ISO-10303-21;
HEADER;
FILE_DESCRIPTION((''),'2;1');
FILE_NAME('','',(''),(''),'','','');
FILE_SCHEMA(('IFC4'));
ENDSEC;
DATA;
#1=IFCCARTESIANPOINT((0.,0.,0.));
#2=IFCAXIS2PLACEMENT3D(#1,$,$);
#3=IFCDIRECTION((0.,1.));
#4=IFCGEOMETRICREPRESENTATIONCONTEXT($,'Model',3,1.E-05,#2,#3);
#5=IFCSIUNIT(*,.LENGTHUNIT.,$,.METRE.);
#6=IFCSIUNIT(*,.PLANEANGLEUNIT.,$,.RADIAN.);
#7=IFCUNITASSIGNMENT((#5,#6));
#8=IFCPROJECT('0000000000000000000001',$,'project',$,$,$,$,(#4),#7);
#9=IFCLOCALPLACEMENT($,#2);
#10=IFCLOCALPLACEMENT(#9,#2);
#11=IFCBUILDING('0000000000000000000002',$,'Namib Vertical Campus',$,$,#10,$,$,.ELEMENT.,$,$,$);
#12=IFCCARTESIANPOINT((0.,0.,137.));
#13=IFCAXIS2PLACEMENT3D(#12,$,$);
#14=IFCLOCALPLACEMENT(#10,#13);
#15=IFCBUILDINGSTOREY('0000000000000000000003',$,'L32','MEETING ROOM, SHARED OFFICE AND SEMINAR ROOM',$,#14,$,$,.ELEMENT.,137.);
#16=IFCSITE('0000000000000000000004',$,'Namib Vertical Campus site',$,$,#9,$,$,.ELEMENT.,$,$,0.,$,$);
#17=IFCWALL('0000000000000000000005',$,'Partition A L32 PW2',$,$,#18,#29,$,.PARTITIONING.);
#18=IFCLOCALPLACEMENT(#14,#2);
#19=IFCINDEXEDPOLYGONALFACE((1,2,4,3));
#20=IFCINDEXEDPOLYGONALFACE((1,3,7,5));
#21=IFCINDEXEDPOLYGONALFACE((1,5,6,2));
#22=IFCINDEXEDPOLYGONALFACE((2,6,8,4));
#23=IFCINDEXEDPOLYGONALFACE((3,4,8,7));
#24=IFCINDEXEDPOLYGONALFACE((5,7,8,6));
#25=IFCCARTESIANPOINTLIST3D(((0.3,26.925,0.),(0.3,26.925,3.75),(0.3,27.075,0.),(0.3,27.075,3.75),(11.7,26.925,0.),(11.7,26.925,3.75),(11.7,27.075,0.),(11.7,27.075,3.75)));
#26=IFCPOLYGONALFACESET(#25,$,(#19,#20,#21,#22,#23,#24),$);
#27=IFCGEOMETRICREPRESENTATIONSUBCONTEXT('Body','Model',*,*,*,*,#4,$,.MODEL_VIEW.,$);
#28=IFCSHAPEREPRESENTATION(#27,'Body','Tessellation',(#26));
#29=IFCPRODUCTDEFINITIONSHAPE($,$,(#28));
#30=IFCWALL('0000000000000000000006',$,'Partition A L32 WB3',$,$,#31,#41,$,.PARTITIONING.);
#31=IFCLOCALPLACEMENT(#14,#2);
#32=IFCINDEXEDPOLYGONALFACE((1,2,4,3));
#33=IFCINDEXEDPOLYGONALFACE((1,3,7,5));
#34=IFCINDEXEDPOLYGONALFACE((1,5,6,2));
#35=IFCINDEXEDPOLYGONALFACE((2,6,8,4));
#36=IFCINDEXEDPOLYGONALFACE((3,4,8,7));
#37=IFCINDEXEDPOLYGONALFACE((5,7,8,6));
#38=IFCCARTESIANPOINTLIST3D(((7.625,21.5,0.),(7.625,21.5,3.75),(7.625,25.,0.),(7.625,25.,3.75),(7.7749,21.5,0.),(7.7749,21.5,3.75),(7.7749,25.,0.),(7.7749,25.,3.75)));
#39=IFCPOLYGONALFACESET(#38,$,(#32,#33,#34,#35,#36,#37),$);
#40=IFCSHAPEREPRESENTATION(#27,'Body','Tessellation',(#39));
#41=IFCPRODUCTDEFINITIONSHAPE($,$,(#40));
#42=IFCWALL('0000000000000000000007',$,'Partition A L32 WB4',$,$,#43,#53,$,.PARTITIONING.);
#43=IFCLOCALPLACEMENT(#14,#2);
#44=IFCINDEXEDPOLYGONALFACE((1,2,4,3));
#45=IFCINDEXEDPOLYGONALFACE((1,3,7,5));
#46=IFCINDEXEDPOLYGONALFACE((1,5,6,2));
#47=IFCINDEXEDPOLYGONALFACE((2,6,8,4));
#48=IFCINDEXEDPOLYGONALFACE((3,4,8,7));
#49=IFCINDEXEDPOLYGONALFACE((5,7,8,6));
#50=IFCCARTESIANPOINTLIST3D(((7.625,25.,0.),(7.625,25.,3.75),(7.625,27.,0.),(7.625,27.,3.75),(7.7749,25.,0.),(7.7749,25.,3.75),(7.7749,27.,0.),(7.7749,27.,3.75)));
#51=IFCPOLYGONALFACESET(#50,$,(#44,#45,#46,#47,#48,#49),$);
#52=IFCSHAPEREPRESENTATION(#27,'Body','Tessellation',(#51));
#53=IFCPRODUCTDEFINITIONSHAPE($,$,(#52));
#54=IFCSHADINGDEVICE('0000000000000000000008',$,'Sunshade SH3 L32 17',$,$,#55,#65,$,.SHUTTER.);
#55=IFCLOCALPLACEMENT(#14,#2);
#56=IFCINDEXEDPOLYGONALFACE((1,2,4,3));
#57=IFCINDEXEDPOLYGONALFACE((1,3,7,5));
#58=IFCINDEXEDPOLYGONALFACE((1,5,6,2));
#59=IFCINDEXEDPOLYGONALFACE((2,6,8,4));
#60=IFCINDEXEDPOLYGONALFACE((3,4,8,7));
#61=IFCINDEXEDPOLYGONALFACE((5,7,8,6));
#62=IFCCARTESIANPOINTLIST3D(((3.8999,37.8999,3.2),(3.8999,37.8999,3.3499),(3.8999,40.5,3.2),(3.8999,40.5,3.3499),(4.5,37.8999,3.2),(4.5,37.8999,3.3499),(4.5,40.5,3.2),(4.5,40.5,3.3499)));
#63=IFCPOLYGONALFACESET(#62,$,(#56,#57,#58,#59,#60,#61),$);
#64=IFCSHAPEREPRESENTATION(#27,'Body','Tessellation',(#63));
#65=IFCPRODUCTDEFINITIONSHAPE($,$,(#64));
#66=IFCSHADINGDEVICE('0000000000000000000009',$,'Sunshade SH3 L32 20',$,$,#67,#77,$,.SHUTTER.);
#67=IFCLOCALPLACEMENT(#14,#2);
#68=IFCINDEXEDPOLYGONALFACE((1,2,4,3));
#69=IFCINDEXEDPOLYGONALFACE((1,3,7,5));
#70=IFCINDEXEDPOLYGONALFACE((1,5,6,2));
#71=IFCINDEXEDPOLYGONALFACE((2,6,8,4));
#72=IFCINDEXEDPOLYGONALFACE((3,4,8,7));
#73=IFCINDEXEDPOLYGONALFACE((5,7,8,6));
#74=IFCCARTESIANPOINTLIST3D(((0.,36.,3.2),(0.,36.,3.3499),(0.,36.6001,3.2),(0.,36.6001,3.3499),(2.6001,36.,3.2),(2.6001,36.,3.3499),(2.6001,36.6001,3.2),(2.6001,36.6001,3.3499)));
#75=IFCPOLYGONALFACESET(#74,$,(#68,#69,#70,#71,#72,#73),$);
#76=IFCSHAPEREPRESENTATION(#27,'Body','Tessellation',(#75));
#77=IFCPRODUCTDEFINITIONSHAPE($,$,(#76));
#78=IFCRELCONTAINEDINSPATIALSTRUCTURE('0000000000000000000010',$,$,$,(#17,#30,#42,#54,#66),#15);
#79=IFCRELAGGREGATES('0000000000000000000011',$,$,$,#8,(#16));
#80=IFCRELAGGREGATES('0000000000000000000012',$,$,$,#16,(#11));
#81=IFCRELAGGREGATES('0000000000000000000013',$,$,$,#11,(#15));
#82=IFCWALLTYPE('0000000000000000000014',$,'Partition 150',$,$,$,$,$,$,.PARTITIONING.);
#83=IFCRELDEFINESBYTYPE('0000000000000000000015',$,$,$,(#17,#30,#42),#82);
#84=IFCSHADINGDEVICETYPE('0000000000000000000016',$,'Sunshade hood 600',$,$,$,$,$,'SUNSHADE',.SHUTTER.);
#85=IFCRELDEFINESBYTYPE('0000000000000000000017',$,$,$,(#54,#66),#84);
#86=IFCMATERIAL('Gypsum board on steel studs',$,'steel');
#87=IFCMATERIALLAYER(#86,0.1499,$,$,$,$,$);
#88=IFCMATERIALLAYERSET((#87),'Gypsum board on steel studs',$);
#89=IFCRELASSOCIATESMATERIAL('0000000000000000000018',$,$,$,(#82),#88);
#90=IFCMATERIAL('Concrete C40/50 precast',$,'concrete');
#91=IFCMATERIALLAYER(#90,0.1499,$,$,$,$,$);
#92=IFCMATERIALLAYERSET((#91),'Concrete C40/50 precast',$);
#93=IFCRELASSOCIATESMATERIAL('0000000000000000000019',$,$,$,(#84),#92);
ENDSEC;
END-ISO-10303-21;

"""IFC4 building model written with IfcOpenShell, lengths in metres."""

from ifc_helpers import new_model, si_unit, direction, frame, frame_2d, origin, origin_2d, place, context, subcontext, project, spatial, rectangle, extrude, material, layer, layer_set, type_object, element, save


model = new_model("IFC4")

# Units and contexts
model_context = context("Model", 3, precision=1e-05, world=origin(), true_north=direction((0.0, 1.0)))
body_context = subcontext(model_context, "Body", "Model", "MODEL_VIEW")
ifc_project = project(units=[si_unit("LENGTHUNIT", "METRE"), si_unit("PLANEANGLEUNIT", "RADIAN")], contexts=[model_context])

# Site, building, storey
site_placement = place(None, origin())
site = spatial("IfcSite", under=ifc_project, at=site_placement, Name="Namib Vertical Campus site", CompositionType="ELEMENT", RefElevation=0.0)
building_placement = place(site_placement, origin())
building = spatial("IfcBuilding", under=site, at=building_placement, Name="Namib Vertical Campus", CompositionType="ELEMENT")
storey_placement = place(building_placement, frame((0.0, 0.0, 137.0)))
storey = spatial("IfcBuildingStorey", under=building, at=storey_placement, Name="L32", Description="MEETING ROOM, SHARED OFFICE AND SEMINAR ROOM", CompositionType="ELEMENT", Elevation=137.0)

# Walls
ifc_material_1 = material(Name="Gypsum board on steel studs", Category="steel")
ifc_layer_1 = layer(ifc_material_1, 0.1499)
ifc_layer_set_1 = layer_set([ifc_layer_1], Name="Gypsum board on steel studs")
wall_type_1 = type_object("IfcWallType", Name="Partition 150", PredefinedType="PARTITIONING", material=ifc_layer_set_1)
wall_1_placement = place(storey_placement, frame((0.3, 27.0, 0.0), z_axis=(0.0, 0.0, 1.0), x_axis=(1.0, 0.0, 0.0)))
element("IfcWall", 1, at=wall_1_placement, inside=storey, type_object=wall_type_1, Name="Partition A L32 PW2", PredefinedType="PARTITIONING", context=body_context, shape_type="SweptSolid", body=[
    extrude(rectangle(XDim=11.3999, YDim=0.1499, at=frame_2d((5.7, 0.0))), origin(), (0.0, 0.0, 1.0), 3.75),
])
wall_2_placement = place(storey_placement, frame((7.7, 21.5, 0.0), z_axis=(0.0, 0.0, 1.0), x_axis=(0.0, 1.0, 0.0)))
element("IfcWall", 2, at=wall_2_placement, inside=storey, type_object=wall_type_1, Name="Partition A L32 WB3", PredefinedType="PARTITIONING", context=body_context, shape_type="SweptSolid", body=[
    extrude(rectangle(XDim=3.5, YDim=0.1499, at=frame_2d((1.75, 0.0))), origin(), (0.0, 0.0, 1.0), 3.75),
])
wall_3_placement = place(storey_placement, frame((7.7, 25.0, 0.0), z_axis=(0.0, 0.0, 1.0), x_axis=(0.0, 1.0, 0.0)))
element("IfcWall", 3, at=wall_3_placement, inside=storey, type_object=wall_type_1, Name="Partition A L32 WB4", PredefinedType="PARTITIONING", context=body_context, shape_type="SweptSolid", body=[
    extrude(rectangle(XDim=2.0, YDim=0.1499, at=frame_2d((1.0, 0.0))), origin(), (0.0, 0.0, 1.0), 3.75),
])

# Shading devices
ifc_material_2 = material(Name="Concrete C40/50 precast", Category="concrete")
ifc_layer_2 = layer(ifc_material_2, 0.1499)
ifc_layer_set_2 = layer_set([ifc_layer_2], Name="Concrete C40/50 precast")
shading_device_type = type_object("IfcShadingDeviceType", Name="Sunshade hood 600", ElementType="SUNSHADE", PredefinedType="SHUTTER", material=ifc_layer_set_2)
for number, where, z_axis, x_axis, name in (
    (4, (4.2, 39.2, 3.2), (0.0, 0.0, 1.0), (0.0, -1.0, 0.0), "Sunshade SH3 L32 17"),
    (5, (1.3, 36.3, 3.2), (0.0, 0.0, 1.0), (-1.0, 0.0, 0.0), "Sunshade SH3 L32 20"),
):
    element("IfcShadingDevice", number, at=place(storey_placement, frame(where, z_axis=z_axis, x_axis=x_axis)), inside=storey, type_object=shading_device_type, Name=name, PredefinedType="SHUTTER", context=body_context, shape_type="SweptSolid", body=[
        extrude(rectangle(XDim=2.6001, YDim=0.6001, at=origin_2d()), origin(), (0.0, 0.0, 1.0), 0.1499),
    ])

save(model, "model.ifc")
